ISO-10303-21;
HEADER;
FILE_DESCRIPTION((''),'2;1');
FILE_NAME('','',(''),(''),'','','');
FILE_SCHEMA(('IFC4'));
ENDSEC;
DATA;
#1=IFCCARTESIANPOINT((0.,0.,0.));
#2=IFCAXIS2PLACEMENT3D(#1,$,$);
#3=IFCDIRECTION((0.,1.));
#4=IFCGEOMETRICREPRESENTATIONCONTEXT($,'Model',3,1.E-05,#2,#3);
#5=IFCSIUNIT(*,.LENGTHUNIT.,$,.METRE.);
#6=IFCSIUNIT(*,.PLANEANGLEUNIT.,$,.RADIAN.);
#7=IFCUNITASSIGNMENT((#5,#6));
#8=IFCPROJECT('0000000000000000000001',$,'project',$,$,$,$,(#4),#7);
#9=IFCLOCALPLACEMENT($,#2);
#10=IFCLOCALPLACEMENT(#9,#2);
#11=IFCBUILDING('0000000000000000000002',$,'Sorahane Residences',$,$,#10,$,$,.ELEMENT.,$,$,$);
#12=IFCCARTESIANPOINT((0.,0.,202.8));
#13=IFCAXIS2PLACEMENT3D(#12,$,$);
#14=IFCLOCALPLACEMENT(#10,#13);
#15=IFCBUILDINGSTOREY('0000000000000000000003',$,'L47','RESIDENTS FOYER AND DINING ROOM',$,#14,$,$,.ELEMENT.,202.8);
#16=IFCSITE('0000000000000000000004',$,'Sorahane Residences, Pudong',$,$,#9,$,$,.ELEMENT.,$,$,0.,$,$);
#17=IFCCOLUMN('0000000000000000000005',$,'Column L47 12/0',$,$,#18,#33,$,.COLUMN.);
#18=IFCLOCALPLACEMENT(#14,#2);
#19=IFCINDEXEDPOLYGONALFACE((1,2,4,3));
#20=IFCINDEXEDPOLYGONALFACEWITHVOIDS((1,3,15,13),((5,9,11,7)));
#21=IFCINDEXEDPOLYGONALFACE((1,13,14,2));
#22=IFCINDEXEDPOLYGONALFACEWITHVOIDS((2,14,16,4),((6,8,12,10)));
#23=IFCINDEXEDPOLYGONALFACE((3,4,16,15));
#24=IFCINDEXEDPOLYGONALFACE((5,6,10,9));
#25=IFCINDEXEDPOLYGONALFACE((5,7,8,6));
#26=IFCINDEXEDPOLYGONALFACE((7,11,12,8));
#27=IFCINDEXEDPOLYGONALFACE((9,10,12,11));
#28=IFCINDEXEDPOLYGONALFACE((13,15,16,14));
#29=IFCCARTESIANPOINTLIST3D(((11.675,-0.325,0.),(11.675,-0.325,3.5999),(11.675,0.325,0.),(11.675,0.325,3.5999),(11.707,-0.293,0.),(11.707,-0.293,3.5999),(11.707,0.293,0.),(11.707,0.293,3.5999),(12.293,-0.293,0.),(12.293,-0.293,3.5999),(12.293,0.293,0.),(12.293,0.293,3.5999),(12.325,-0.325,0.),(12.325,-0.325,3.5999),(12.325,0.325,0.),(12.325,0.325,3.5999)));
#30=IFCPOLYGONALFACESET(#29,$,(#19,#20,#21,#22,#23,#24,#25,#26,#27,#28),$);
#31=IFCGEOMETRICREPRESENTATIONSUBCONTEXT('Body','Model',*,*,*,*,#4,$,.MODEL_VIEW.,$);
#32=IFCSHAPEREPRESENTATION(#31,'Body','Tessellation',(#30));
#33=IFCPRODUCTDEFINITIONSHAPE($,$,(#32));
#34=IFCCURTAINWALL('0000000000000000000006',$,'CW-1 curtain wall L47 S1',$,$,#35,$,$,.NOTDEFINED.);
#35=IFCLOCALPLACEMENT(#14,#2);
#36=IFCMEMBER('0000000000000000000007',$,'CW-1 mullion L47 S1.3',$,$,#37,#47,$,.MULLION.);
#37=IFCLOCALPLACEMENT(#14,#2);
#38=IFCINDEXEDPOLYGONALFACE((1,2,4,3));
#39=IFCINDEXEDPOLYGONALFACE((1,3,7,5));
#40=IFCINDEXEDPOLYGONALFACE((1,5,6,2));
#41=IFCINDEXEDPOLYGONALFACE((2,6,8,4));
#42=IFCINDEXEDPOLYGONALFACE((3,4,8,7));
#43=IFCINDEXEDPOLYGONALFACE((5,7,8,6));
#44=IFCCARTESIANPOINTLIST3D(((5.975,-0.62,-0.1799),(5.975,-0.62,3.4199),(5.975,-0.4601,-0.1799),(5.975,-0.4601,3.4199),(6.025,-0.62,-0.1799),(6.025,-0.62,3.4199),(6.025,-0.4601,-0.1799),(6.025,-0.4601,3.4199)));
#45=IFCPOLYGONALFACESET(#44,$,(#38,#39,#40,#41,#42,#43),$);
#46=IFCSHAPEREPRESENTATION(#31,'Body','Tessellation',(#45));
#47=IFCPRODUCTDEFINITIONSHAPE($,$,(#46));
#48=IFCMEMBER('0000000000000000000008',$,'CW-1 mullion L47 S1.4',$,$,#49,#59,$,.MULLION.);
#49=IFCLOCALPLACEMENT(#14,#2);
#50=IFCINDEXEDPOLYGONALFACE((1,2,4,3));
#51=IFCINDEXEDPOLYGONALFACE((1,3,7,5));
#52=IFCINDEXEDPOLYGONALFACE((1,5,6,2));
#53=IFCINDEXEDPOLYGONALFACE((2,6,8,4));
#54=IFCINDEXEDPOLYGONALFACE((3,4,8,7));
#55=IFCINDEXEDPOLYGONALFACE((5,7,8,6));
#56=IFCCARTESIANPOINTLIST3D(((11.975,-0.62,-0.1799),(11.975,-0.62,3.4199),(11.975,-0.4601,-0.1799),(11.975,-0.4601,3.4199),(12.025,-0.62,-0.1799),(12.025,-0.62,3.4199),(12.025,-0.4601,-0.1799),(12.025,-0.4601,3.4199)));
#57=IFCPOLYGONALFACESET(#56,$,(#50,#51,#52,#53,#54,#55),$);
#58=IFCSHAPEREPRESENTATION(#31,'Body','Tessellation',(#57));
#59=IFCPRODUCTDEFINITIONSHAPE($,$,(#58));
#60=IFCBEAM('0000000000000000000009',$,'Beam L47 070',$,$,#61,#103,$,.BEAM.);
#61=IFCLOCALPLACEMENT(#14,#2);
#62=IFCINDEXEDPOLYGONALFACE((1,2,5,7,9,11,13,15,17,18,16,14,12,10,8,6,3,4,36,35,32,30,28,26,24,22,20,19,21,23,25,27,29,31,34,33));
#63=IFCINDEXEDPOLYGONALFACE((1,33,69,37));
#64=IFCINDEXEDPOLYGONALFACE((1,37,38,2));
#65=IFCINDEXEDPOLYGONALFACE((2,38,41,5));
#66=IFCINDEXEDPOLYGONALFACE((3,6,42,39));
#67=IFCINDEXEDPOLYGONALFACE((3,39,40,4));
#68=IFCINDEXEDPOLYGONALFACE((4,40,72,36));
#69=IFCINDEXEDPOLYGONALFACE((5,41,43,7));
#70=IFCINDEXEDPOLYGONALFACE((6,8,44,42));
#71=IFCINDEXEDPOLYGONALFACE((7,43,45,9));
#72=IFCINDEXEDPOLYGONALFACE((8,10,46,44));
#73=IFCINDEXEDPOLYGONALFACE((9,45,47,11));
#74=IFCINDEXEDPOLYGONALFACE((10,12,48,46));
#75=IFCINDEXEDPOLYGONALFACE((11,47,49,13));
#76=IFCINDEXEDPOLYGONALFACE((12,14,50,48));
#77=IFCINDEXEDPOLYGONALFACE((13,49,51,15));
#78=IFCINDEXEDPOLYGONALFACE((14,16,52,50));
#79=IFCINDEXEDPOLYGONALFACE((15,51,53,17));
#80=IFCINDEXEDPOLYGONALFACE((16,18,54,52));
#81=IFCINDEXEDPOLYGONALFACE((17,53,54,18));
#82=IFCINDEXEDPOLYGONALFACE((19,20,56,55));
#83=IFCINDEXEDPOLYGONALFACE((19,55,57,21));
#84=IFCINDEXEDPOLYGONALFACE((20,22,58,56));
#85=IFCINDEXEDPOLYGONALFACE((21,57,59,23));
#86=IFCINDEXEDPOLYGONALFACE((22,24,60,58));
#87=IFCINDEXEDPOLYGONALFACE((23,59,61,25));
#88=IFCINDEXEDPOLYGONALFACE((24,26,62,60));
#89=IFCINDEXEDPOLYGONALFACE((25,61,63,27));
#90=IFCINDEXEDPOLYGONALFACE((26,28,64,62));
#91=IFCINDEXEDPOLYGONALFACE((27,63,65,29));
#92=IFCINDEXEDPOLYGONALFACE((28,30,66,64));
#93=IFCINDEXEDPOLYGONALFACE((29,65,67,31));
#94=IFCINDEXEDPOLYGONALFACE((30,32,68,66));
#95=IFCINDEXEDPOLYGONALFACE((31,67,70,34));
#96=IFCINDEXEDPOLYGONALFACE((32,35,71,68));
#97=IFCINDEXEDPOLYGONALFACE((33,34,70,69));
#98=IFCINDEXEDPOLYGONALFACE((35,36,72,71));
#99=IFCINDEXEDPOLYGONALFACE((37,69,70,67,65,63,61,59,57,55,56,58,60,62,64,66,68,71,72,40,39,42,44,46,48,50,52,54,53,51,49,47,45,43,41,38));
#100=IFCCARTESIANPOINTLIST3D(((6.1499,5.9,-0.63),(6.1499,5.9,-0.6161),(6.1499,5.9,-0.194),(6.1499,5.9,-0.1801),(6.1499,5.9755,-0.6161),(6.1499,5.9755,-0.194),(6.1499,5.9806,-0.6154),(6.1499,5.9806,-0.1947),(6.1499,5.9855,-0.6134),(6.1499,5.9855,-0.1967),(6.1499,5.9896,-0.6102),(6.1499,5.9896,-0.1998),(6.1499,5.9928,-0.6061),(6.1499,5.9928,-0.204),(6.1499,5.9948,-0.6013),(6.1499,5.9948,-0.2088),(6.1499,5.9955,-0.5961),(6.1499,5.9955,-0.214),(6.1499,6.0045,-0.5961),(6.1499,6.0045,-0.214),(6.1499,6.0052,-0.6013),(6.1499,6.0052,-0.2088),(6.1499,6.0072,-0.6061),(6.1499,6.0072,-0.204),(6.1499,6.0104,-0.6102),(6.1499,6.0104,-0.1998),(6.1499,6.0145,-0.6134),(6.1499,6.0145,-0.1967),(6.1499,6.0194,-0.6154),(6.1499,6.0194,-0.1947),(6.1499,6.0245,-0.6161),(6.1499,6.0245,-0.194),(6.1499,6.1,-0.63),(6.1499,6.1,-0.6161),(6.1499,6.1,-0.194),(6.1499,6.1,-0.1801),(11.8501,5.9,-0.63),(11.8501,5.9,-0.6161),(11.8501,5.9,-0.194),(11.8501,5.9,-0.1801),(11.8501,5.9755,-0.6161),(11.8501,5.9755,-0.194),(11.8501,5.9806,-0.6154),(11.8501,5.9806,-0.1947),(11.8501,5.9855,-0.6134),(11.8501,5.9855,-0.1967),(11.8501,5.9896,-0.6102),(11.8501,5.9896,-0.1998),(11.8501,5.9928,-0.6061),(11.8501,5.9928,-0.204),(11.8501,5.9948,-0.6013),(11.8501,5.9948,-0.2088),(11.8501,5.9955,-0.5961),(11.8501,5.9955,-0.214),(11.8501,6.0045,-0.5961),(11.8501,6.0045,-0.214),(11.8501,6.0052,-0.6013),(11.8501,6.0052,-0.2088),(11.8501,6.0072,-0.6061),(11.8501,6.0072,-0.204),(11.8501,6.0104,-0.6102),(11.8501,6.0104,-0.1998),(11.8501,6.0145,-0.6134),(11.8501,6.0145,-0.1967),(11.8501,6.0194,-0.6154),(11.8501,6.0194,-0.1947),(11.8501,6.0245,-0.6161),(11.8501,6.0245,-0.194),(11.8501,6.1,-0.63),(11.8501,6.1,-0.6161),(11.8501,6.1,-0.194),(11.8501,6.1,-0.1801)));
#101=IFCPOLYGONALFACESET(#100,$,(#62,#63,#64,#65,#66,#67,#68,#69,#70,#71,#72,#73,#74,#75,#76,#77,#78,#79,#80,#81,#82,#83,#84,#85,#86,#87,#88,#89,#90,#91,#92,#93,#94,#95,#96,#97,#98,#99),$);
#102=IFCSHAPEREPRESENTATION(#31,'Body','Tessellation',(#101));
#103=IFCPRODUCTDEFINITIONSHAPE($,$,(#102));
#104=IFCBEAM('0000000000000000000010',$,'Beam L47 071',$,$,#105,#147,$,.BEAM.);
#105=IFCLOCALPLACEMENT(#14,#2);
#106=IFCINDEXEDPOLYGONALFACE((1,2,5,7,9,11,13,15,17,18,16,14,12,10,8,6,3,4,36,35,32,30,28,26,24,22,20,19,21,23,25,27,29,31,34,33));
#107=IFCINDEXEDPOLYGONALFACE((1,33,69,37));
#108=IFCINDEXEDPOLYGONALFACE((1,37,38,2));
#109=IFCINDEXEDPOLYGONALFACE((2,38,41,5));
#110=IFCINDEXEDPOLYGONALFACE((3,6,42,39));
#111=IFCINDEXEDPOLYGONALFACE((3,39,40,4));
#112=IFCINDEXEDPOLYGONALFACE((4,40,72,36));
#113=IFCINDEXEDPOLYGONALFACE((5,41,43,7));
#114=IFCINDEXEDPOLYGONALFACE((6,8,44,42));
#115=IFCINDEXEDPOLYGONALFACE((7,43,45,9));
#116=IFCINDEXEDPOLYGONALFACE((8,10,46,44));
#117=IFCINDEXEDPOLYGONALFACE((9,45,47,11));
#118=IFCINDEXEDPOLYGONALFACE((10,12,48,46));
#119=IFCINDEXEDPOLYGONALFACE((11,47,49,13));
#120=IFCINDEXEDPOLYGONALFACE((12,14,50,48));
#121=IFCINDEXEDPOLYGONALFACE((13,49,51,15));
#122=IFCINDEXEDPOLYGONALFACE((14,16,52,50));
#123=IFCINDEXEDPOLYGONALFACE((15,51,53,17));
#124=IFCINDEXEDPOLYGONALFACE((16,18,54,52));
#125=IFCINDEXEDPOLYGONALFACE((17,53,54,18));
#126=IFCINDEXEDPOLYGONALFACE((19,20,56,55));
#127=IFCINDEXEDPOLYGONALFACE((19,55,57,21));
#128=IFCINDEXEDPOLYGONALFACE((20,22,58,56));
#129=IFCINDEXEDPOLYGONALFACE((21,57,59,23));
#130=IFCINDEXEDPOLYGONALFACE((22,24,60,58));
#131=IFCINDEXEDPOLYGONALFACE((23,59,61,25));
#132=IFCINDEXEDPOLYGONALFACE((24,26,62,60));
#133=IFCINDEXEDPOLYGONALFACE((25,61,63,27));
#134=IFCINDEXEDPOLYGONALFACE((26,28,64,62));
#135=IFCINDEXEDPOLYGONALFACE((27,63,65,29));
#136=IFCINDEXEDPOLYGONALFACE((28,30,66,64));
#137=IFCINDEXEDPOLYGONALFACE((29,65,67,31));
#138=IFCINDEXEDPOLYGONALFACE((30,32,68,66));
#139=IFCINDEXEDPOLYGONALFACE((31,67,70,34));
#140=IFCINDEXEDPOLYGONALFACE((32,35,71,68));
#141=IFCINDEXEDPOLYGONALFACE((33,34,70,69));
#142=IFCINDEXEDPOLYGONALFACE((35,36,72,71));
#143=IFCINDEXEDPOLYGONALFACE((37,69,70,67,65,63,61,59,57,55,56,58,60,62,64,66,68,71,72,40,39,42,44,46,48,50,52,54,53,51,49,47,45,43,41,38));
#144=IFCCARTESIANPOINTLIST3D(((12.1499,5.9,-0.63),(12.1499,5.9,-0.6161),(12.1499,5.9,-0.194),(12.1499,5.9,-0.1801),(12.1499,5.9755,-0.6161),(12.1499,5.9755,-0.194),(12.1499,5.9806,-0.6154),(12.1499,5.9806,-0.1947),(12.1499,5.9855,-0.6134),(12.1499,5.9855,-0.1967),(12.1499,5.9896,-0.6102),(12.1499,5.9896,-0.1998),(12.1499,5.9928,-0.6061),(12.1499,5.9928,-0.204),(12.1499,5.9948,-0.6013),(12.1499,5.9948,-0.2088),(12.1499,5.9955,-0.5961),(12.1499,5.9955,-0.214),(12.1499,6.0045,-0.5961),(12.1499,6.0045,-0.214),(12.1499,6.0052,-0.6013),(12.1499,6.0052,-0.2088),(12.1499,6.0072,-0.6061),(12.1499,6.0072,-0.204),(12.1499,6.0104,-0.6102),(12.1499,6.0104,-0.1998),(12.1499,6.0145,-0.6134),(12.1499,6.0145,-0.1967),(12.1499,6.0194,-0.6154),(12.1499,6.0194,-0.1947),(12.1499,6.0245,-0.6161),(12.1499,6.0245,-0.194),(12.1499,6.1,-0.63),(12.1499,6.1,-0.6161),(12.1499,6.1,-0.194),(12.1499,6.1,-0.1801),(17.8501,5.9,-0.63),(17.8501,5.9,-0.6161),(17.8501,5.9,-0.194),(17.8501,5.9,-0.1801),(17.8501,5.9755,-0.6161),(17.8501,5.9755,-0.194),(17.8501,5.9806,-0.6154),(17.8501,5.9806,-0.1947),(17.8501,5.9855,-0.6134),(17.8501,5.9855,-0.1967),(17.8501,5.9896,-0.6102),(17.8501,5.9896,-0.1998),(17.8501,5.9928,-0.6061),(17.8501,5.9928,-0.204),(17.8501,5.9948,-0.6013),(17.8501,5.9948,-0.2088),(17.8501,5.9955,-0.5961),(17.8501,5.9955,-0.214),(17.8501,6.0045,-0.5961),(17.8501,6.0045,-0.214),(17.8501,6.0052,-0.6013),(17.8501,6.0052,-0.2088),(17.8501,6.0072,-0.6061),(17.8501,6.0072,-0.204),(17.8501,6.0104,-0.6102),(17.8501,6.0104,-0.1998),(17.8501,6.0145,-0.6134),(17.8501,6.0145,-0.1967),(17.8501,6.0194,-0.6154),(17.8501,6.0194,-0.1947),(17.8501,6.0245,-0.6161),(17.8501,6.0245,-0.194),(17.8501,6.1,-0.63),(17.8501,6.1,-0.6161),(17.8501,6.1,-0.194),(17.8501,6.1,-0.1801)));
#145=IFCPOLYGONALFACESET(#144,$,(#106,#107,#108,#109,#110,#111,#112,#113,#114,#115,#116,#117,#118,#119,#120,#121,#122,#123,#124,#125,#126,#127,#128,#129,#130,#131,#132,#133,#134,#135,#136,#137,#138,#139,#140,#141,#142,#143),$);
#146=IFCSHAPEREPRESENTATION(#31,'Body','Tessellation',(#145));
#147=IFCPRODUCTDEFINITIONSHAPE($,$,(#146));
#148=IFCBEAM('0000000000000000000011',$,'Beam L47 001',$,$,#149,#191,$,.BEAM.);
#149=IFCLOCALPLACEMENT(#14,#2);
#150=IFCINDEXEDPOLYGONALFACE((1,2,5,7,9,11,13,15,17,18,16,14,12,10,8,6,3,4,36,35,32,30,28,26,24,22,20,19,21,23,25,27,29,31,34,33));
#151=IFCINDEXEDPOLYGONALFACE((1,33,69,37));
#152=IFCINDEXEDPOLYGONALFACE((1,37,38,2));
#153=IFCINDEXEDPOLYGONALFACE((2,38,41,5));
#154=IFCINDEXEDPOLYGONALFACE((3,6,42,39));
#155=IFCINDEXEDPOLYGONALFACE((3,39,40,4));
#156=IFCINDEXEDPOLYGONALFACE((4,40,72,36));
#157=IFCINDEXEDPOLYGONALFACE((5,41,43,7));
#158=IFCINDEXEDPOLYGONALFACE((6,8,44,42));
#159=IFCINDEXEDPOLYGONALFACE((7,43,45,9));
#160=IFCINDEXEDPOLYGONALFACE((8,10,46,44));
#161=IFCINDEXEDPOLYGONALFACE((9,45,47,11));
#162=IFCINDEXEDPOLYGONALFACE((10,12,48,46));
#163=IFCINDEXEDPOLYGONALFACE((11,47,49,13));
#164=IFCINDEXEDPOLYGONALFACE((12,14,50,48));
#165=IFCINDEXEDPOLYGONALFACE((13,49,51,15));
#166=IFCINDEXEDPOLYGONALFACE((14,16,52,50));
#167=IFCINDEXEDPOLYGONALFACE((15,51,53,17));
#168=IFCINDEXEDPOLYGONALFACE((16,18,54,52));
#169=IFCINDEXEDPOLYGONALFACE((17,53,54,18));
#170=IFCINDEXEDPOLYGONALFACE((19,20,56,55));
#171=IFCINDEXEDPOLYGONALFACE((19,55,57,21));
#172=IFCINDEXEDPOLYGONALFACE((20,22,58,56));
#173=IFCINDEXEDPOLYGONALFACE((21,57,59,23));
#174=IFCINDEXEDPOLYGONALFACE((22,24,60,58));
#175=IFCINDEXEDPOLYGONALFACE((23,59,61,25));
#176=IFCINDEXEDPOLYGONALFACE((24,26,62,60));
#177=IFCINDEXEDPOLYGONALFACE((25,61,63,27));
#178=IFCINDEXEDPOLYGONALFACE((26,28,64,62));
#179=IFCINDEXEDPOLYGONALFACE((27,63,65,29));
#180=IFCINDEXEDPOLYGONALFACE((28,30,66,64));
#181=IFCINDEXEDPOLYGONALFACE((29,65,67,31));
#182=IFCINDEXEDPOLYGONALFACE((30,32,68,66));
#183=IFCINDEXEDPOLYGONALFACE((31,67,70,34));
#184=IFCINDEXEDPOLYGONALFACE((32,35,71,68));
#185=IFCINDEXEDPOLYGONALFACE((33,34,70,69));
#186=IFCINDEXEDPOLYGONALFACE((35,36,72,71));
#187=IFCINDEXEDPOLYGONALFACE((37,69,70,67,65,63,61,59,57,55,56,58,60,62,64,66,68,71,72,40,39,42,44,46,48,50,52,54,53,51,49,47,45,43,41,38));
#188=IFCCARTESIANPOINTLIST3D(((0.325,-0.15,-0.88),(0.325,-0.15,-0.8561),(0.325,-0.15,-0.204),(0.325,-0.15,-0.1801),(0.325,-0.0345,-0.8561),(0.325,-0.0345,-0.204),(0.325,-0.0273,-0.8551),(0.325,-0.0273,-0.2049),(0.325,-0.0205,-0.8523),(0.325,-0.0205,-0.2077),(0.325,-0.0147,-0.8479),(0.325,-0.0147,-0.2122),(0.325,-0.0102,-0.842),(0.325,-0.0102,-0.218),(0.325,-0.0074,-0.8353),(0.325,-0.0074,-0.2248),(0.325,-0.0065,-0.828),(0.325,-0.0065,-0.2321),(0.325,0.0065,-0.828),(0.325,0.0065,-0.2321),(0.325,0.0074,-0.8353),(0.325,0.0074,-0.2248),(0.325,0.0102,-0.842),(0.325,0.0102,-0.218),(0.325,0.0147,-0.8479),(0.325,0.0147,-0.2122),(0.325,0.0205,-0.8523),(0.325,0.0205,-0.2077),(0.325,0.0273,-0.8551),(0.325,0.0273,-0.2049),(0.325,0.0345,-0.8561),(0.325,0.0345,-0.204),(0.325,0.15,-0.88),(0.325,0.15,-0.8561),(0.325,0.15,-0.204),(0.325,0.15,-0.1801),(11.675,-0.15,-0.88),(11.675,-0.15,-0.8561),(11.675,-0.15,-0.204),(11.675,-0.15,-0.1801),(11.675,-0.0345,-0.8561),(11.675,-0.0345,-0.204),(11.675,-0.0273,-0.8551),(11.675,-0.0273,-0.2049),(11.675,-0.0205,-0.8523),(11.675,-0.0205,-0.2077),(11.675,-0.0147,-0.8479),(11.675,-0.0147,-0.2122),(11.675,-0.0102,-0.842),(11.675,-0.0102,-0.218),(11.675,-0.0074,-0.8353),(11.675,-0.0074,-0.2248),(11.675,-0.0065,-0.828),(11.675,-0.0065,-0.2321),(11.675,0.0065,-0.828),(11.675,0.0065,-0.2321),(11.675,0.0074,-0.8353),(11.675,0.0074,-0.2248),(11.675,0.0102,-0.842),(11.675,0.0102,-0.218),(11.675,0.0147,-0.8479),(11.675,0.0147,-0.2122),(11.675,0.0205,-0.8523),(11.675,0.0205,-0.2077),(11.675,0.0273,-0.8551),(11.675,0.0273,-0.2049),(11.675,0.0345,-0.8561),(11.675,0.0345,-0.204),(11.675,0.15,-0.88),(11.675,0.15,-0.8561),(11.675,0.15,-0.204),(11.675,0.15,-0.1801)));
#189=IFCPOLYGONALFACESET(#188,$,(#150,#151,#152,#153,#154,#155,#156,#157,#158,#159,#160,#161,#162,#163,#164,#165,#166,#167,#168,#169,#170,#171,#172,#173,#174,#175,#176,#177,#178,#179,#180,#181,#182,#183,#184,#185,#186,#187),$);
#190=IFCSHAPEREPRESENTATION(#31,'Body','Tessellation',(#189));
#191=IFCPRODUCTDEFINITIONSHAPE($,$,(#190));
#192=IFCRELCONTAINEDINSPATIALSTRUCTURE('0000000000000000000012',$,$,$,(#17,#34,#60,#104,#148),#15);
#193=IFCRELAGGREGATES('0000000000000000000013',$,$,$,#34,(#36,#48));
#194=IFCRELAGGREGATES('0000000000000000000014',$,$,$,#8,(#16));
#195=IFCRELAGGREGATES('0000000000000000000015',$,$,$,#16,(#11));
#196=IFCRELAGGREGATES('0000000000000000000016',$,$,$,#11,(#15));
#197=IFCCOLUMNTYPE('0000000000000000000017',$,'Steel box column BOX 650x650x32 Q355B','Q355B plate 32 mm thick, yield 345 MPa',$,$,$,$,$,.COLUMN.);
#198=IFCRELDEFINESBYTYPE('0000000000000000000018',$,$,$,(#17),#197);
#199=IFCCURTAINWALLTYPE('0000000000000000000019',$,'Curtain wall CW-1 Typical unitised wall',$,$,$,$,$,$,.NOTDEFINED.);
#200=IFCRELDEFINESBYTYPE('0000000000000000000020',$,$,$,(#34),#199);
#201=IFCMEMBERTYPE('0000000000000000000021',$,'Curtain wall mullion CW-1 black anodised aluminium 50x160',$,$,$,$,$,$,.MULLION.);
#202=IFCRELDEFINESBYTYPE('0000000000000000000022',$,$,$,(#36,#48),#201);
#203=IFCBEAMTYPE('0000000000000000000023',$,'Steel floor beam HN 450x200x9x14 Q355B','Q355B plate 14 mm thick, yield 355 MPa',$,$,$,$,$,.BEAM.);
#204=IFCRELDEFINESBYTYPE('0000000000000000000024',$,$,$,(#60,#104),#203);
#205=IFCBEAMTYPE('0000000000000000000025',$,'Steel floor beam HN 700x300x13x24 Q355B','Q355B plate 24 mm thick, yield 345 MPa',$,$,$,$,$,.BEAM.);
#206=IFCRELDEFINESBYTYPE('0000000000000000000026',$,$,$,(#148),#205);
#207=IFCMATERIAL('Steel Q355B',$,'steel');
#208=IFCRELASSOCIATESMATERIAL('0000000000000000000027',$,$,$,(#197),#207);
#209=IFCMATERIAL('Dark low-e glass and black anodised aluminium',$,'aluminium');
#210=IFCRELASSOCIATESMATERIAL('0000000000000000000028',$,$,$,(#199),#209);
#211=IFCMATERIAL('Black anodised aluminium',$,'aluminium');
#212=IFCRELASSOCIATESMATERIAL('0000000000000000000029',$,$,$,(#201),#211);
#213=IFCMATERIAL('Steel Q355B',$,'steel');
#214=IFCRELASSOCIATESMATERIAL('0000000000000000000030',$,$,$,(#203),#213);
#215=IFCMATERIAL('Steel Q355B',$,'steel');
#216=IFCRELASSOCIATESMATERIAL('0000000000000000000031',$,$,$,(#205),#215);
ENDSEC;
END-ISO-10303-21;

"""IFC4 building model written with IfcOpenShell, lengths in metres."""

from ifc_helpers import new_model, si_unit, direction, frame, origin, origin_2d, place, context, subcontext, project, spatial, rectangle, hollow_rectangle, i_section, extrude, material, material_profile, profile_set, type_object, element, aggregate, save


model = new_model("IFC4")

# Units and contexts
model_context = context("Model", 3, precision=1e-05, world=origin(), true_north=direction((0.0, 1.0)))
body_context = subcontext(model_context, "Body", "Model", "MODEL_VIEW")
ifc_project = project(units=[si_unit("LENGTHUNIT", "METRE"), si_unit("PLANEANGLEUNIT", "RADIAN")], contexts=[model_context])

# Site, building, storey
site_placement = place(None, origin())
site = spatial("IfcSite", under=ifc_project, at=site_placement, Name="Sorahane Residences, Pudong", CompositionType="ELEMENT", RefElevation=0.0)
building_placement = place(site_placement, origin())
building = spatial("IfcBuilding", under=site, at=building_placement, Name="Sorahane Residences", CompositionType="ELEMENT")
storey_placement = place(building_placement, frame((0.0, 0.0, 202.8)))
storey = spatial("IfcBuildingStorey", under=building, at=storey_placement, Name="L47", Description="RESIDENTS FOYER AND DINING ROOM", CompositionType="ELEMENT", Elevation=202.8)

# Column
ifc_material_1 = material(Name="Steel Q355B", Category="steel")
ifc_material_profile_1 = material_profile(ifc_material_1, hollow_rectangle(XDim=0.6499, YDim=0.6499, WallThickness=0.032, at=origin_2d()), Name="BOX 650x650x32")
ifc_profile_set_1 = profile_set([ifc_material_profile_1], Name="Steel Q355B")
column_type = type_object("IfcColumnType", Name="Steel box column BOX 650x650x32 Q355B", Description="Q355B plate 32 mm thick, yield 345 MPa", PredefinedType="COLUMN", material=ifc_profile_set_1)
column_placement = place(storey_placement, frame((12.0, 0.0, 0.0), z_axis=(0.0, 0.0, 1.0), x_axis=(1.0, 0.0, 0.0)))
element("IfcColumn", 1, at=column_placement, inside=storey, type_object=column_type, Name="Column L47 12/0", PredefinedType="COLUMN", context=body_context, shape_type="SweptSolid", body=[
    extrude(hollow_rectangle(XDim=0.6499, YDim=0.6499, WallThickness=0.032, at=origin_2d()), origin(), (0.0, 0.0, 1.0), 3.5999),
])

# Curtain wall, members
ifc_material_2 = material(Name="Dark low-e glass and black anodised aluminium", Category="aluminium")
curtain_wall_type = type_object("IfcCurtainWallType", Name="Curtain wall CW-1 Typical unitised wall", PredefinedType="NOTDEFINED", material=ifc_material_2)
curtain_wall_placement = place(storey_placement, origin())
curtain_wall = element("IfcCurtainWall", 2, at=curtain_wall_placement, inside=storey, type_object=curtain_wall_type, Name="CW-1 curtain wall L47 S1", PredefinedType="NOTDEFINED")
ifc_material_3 = material(Name="Black anodised aluminium", Category="aluminium")
ifc_material_profile_2 = material_profile(ifc_material_3, rectangle(XDim=0.1599, YDim=0.05, at=origin_2d()), Name="Curtain wall mullion CW-1 black anodised aluminium 50x160")
ifc_profile_set_2 = profile_set([ifc_material_profile_2], Name="Black anodised aluminium")
member_type = type_object("IfcMemberType", Name="Curtain wall mullion CW-1 black anodised aluminium 50x160", PredefinedType="MULLION", material=ifc_profile_set_2)
member_1_placement = place(storey_placement, frame((6.0, -0.54, -0.1799), z_axis=(0.0, 0.0, 1.0), x_axis=(0.0, -1.0, 0.0)))
member_1 = element("IfcMember", 3, at=member_1_placement, type_object=member_type, Name="CW-1 mullion L47 S1.3", PredefinedType="MULLION", context=body_context, shape_type="SweptSolid", body=[
    extrude(rectangle(XDim=0.1599, YDim=0.05, at=origin_2d()), origin(), (0.0, 0.0, 1.0), 3.5999),
])
member_2_placement = place(storey_placement, frame((12.0, -0.54, -0.1799), z_axis=(0.0, 0.0, 1.0), x_axis=(0.0, -1.0, 0.0)))
member_2 = element("IfcMember", 4, at=member_2_placement, type_object=member_type, Name="CW-1 mullion L47 S1.4", PredefinedType="MULLION", context=body_context, shape_type="SweptSolid", body=[
    extrude(rectangle(XDim=0.1599, YDim=0.05, at=origin_2d()), origin(), (0.0, 0.0, 1.0), 3.5999),
])

# Beams
ifc_material_4 = material(Name="Steel Q355B", Category="steel")
ifc_material_profile_3 = material_profile(ifc_material_4, i_section(OverallWidth=0.2, OverallDepth=0.45, WebThickness=0.009, FlangeThickness=0.0139, FilletRadius=0.02, at=origin_2d()), Name="HN 450x200x9x14")
ifc_profile_set_3 = profile_set([ifc_material_profile_3], Name="Steel Q355B")
beam_type_1 = type_object("IfcBeamType", Name="Steel floor beam HN 450x200x9x14 Q355B", Description="Q355B plate 14 mm thick, yield 355 MPa", PredefinedType="BEAM", material=ifc_profile_set_3)
for number, where, z_axis, x_axis, name in (
    (5, (6.1499, 6.0, -0.405), (1.0, 0.0, 0.0), (0.0, 1.0, 0.0), "Beam L47 070"),
    (6, (12.1499, 6.0, -0.405), (1.0, 0.0, 0.0), (0.0, 1.0, 0.0), "Beam L47 071"),
):
    element("IfcBeam", number, at=place(storey_placement, frame(where, z_axis=z_axis, x_axis=x_axis)), inside=storey, type_object=beam_type_1, Name=name, PredefinedType="BEAM", context=body_context, shape_type="SweptSolid", body=[
        extrude(i_section(OverallWidth=0.2, OverallDepth=0.45, WebThickness=0.009, FlangeThickness=0.0139, FilletRadius=0.02, at=origin_2d()), origin(), (0.0, 0.0, 1.0), 5.7002),
    ])
ifc_material_5 = material(Name="Steel Q355B", Category="steel")
ifc_material_profile_4 = material_profile(ifc_material_5, i_section(OverallWidth=0.3, OverallDepth=0.7, WebThickness=0.0129, FlangeThickness=0.0239, FilletRadius=0.0281, at=origin_2d()), Name="HN 700x300x13x24")
ifc_profile_set_4 = profile_set([ifc_material_profile_4], Name="Steel Q355B")
beam_type_2 = type_object("IfcBeamType", Name="Steel floor beam HN 700x300x13x24 Q355B", Description="Q355B plate 24 mm thick, yield 345 MPa", PredefinedType="BEAM", material=ifc_profile_set_4)
for number, where, z_axis, x_axis, name in (
    (7, (0.325, 0.0, -0.53), (1.0, 0.0, 0.0), (0.0, 1.0, 0.0), "Beam L47 001"),
):
    element("IfcBeam", number, at=place(storey_placement, frame(where, z_axis=z_axis, x_axis=x_axis)), inside=storey, type_object=beam_type_2, Name=name, PredefinedType="BEAM", context=body_context, shape_type="SweptSolid", body=[
        extrude(i_section(OverallWidth=0.3, OverallDepth=0.7, WebThickness=0.0129, FlangeThickness=0.0239, FilletRadius=0.0281, at=origin_2d()), origin(), (0.0, 0.0, 1.0), 11.3501),
    ])

aggregate(curtain_wall, [member_1, member_2])

save(model, "model.ifc")
